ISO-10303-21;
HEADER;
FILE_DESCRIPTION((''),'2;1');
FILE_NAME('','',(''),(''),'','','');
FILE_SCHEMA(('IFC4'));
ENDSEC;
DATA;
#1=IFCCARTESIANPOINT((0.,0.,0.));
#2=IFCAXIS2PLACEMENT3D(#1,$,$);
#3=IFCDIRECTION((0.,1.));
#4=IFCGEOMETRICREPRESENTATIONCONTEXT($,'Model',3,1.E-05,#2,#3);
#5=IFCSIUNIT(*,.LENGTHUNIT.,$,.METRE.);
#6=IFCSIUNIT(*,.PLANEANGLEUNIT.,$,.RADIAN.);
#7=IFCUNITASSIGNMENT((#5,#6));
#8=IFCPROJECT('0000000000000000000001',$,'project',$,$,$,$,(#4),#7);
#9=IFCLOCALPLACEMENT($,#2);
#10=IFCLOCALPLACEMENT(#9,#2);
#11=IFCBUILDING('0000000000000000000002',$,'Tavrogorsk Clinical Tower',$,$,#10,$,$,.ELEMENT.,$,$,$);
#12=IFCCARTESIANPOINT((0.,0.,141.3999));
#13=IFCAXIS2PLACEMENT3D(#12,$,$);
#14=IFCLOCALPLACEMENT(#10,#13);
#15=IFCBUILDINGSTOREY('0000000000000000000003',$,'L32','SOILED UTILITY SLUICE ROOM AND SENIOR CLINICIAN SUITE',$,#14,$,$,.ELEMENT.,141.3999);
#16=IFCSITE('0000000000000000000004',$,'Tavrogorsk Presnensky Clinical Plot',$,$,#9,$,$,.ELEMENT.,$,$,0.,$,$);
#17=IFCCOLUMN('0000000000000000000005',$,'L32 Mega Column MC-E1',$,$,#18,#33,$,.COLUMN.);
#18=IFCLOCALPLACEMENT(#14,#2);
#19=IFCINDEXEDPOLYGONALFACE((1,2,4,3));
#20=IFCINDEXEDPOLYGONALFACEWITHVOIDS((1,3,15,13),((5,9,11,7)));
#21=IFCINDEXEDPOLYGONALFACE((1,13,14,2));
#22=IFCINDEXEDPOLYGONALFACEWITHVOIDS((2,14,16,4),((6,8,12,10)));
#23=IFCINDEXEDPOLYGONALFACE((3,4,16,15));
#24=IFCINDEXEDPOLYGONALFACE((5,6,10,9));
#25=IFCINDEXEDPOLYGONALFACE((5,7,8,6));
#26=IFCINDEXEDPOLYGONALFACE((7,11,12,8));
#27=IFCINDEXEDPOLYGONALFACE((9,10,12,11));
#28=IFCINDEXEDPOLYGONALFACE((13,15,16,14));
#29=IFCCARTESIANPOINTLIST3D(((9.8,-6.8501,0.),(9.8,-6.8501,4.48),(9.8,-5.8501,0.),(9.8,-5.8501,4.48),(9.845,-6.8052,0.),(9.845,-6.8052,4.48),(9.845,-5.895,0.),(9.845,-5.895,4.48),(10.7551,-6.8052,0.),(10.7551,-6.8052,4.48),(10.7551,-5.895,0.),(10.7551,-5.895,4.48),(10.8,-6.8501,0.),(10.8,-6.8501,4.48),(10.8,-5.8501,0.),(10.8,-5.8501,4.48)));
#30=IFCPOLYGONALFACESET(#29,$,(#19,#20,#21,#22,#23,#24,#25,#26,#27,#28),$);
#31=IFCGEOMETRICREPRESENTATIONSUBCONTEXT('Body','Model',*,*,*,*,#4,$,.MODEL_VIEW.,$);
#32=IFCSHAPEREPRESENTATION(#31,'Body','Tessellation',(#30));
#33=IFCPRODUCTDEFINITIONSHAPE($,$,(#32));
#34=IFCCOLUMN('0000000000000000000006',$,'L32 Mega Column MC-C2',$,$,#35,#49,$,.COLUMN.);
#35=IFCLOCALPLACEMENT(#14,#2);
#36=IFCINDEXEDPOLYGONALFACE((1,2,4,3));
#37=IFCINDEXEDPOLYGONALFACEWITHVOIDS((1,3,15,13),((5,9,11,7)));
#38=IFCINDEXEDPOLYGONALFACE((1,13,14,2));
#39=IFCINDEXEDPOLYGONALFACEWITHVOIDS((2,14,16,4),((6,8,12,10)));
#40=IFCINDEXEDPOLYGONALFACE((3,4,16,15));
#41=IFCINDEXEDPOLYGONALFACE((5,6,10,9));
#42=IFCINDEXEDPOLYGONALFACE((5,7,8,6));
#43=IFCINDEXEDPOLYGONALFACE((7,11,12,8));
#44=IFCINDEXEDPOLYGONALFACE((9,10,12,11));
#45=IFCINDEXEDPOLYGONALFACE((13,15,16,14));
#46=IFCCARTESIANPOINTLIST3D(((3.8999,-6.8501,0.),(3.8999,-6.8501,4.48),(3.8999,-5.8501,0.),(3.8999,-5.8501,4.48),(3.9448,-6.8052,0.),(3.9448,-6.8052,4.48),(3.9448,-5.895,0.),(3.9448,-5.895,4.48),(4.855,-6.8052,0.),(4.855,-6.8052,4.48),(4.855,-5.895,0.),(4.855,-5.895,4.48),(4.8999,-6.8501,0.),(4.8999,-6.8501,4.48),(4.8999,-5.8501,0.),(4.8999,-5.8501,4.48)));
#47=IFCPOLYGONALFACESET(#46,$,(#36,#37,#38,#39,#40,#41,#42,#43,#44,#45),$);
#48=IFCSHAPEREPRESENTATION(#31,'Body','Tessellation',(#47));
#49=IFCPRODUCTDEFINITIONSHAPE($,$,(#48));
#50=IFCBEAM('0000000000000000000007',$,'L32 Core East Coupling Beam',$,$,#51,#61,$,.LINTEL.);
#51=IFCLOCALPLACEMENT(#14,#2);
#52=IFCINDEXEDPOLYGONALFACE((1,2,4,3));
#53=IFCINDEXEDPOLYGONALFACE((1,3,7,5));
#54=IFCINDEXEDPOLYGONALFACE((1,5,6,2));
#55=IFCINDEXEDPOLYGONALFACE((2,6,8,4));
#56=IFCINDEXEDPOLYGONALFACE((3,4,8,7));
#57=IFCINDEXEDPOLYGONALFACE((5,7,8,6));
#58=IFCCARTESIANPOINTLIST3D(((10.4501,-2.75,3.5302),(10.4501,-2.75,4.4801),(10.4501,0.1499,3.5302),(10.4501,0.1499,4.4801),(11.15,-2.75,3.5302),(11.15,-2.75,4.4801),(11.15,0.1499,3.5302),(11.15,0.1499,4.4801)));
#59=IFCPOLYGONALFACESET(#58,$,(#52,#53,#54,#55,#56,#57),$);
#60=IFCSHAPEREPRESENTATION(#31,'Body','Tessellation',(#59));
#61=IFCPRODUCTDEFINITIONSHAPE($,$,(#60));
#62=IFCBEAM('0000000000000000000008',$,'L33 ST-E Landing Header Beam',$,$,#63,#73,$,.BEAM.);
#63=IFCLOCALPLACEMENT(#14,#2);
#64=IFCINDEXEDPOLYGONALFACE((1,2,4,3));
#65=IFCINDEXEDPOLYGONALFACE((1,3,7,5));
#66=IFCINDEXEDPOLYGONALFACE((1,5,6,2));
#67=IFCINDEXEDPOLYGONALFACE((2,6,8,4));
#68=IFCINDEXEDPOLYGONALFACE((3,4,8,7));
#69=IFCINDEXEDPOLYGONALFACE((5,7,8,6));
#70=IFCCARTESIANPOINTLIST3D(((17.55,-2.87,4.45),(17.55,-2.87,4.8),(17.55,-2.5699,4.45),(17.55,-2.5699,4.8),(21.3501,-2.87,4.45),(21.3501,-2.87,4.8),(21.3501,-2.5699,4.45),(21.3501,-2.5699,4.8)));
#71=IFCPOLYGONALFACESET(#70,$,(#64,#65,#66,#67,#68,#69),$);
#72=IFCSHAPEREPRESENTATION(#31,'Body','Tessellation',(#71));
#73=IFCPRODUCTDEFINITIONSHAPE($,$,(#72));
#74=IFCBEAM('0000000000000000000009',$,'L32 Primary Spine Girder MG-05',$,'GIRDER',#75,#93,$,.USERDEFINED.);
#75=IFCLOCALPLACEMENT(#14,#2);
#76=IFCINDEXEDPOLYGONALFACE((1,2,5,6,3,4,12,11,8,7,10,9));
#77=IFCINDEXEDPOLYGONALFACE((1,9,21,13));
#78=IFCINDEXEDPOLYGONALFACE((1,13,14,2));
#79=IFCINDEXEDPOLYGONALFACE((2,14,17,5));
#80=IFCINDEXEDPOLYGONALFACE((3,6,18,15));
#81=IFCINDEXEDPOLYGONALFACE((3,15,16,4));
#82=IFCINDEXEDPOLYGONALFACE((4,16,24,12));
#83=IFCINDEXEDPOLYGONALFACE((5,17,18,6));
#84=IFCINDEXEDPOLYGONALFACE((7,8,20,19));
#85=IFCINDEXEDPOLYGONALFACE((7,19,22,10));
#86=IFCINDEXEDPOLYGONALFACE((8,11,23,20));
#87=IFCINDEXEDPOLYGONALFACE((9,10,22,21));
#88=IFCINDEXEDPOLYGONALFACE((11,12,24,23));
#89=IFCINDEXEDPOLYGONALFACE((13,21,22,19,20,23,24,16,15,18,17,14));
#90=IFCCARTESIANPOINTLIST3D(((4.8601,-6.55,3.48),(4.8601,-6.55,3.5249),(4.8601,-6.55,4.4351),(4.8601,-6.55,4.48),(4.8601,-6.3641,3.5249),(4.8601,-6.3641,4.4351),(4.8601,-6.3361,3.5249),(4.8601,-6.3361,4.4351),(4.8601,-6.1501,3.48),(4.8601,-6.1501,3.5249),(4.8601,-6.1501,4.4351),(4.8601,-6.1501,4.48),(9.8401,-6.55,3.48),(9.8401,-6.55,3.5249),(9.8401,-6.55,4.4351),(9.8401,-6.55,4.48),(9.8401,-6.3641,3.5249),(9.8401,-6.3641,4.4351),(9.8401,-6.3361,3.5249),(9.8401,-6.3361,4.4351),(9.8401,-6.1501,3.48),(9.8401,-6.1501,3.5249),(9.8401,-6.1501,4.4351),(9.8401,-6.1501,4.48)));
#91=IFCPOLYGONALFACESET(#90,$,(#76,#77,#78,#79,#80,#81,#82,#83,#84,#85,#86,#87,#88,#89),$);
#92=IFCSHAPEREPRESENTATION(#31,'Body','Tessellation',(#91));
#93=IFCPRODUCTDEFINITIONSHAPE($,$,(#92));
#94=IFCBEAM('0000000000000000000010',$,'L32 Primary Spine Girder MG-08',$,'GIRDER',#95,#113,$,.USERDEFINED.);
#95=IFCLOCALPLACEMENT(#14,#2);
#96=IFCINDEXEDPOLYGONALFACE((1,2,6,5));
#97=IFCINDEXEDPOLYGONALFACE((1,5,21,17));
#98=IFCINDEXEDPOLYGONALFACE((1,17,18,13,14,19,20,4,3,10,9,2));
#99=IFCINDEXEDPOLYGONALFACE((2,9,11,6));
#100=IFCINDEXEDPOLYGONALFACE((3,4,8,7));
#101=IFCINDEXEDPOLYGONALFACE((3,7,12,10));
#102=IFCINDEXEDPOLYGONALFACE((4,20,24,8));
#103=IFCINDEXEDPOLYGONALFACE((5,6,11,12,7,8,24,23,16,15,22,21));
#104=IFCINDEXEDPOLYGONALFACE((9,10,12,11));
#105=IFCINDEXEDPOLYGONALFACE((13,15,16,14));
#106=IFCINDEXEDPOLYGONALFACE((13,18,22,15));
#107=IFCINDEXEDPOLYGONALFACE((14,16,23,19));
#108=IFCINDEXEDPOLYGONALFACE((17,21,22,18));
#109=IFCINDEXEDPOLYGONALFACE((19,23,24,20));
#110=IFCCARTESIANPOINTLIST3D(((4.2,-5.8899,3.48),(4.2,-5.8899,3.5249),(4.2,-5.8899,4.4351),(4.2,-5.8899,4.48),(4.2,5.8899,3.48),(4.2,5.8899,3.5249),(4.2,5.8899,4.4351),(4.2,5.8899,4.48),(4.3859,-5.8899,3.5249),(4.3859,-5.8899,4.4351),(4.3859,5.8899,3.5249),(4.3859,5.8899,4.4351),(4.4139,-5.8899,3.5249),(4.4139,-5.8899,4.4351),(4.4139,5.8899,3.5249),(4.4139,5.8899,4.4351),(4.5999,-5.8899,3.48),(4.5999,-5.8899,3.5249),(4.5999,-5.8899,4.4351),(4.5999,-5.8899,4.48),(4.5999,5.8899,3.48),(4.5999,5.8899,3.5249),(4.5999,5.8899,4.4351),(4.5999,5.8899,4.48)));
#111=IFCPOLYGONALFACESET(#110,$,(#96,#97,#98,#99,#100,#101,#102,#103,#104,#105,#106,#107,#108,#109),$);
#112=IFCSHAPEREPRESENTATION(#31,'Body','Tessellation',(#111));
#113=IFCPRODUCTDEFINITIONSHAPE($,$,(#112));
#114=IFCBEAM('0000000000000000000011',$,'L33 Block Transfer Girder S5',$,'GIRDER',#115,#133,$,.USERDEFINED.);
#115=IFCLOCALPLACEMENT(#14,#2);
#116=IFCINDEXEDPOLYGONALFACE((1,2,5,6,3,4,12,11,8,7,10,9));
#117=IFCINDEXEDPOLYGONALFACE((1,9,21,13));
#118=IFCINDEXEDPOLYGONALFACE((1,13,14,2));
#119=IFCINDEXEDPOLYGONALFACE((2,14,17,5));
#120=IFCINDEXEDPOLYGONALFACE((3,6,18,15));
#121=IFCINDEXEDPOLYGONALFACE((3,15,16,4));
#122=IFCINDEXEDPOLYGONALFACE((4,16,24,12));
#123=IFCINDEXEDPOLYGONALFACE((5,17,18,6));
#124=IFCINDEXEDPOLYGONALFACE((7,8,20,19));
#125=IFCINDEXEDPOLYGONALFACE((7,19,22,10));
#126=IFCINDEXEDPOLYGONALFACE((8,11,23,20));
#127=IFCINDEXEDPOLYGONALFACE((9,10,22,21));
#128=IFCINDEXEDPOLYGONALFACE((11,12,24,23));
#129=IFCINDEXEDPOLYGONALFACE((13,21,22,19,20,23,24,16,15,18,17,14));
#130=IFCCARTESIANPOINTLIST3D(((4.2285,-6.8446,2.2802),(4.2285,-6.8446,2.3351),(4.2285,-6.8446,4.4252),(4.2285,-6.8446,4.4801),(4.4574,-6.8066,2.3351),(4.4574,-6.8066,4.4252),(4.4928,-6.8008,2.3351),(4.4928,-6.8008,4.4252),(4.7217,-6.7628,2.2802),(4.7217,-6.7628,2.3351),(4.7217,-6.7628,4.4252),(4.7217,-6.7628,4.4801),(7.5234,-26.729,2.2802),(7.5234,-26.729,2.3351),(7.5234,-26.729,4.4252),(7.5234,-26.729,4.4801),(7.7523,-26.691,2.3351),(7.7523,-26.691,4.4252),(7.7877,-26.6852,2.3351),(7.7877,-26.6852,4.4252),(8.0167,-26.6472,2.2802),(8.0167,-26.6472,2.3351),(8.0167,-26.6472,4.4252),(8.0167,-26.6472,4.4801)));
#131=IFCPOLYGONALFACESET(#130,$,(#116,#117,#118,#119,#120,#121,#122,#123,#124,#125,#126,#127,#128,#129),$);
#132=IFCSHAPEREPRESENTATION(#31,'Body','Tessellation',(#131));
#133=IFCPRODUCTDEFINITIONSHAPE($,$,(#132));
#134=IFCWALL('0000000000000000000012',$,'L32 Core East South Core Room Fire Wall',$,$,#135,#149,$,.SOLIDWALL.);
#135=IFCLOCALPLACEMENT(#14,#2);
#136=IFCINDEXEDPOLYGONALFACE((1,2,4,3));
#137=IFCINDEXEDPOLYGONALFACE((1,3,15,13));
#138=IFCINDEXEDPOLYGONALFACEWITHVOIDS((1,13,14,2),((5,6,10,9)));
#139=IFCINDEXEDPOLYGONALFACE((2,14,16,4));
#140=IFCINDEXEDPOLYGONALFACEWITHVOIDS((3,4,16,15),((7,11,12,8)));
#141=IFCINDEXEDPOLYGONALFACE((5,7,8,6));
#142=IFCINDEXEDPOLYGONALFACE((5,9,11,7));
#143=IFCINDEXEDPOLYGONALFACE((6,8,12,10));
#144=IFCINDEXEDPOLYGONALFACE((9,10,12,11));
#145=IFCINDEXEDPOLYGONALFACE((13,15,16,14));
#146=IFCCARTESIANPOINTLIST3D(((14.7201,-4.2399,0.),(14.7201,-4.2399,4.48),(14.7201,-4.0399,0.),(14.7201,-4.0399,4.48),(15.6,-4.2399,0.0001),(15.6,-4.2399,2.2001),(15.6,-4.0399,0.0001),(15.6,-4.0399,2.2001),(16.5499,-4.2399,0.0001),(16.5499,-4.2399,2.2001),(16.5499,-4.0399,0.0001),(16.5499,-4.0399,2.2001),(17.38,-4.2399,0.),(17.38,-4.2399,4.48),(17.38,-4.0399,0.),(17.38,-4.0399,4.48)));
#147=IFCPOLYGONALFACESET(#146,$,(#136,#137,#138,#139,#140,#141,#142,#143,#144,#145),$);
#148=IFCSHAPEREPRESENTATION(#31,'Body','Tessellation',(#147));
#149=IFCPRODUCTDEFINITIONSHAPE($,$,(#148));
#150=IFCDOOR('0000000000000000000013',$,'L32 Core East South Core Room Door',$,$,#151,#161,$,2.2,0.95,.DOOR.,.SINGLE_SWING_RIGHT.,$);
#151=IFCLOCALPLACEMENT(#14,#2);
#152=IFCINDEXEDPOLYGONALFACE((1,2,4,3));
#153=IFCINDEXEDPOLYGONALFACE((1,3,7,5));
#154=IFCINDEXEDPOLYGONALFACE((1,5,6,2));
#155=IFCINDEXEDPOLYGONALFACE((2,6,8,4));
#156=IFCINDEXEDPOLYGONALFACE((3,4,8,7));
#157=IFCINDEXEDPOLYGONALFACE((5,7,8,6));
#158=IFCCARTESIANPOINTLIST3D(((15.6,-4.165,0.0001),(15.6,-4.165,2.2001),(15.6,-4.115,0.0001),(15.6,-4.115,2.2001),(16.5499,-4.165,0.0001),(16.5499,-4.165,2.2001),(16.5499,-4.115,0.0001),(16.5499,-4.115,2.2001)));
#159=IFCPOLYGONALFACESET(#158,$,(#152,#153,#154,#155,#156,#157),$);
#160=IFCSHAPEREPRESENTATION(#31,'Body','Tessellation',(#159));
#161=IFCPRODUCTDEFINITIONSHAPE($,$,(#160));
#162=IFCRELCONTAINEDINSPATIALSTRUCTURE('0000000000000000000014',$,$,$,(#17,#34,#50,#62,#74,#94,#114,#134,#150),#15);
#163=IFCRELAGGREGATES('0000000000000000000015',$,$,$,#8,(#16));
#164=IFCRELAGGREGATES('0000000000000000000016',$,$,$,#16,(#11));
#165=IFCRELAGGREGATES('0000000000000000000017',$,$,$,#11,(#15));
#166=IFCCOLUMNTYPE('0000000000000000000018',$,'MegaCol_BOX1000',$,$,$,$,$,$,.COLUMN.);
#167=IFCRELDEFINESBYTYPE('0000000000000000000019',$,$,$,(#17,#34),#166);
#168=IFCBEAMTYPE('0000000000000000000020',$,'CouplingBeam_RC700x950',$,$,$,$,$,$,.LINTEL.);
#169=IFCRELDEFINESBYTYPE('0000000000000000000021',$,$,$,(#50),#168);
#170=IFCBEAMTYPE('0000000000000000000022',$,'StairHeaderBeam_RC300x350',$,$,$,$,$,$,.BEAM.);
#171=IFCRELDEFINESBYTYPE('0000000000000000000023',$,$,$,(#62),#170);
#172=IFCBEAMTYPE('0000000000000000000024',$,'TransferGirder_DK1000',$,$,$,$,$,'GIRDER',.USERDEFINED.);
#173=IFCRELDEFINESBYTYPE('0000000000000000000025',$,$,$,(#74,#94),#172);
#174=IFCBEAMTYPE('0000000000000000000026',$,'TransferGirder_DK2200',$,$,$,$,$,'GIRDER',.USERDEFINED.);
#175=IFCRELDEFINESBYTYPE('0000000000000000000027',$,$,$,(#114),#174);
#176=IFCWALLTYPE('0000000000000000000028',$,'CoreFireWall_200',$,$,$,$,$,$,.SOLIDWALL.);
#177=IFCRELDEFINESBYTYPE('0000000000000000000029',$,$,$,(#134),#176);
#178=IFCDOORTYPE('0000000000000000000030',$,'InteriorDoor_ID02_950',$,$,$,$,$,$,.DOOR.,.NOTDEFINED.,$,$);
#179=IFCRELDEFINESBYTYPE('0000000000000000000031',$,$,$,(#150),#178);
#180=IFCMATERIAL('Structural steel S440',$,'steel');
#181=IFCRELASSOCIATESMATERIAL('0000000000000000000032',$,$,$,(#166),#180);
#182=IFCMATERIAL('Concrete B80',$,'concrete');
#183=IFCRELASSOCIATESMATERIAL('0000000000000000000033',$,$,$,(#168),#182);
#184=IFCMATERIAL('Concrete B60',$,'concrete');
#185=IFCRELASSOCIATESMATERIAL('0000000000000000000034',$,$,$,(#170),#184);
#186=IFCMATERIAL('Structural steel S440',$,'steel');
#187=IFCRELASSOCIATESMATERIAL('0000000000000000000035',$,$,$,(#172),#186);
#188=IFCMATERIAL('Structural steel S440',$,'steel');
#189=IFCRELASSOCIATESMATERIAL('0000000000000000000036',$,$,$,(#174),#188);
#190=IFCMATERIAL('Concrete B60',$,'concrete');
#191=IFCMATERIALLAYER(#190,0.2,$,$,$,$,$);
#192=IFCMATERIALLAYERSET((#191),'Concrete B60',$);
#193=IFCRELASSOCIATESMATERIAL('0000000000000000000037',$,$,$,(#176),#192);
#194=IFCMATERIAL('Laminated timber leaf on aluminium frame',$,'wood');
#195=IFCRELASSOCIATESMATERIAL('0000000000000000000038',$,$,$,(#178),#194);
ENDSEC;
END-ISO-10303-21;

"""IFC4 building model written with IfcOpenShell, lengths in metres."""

from ifc_helpers import new_model, si_unit, direction, frame, frame_2d, origin, origin_2d, place, context, subcontext, project, spatial, rectangle, hollow_rectangle, i_section, extrude, material, layer, layer_set, material_profile, profile_set, type_object, element, fill, save


model = new_model("IFC4")

# Units and contexts
model_context = context("Model", 3, precision=1e-05, world=origin(), true_north=direction((0.0, 1.0)))
body_context = subcontext(model_context, "Body", "Model", "MODEL_VIEW")
ifc_project = project(units=[si_unit("LENGTHUNIT", "METRE"), si_unit("PLANEANGLEUNIT", "RADIAN")], contexts=[model_context])

# Site, building, storey
site_placement = place(None, origin())
site = spatial("IfcSite", under=ifc_project, at=site_placement, Name="Tavrogorsk Presnensky Clinical Plot", CompositionType="ELEMENT", RefElevation=0.0)
building_placement = place(site_placement, origin())
building = spatial("IfcBuilding", under=site, at=building_placement, Name="Tavrogorsk Clinical Tower", CompositionType="ELEMENT")
storey_placement = place(building_placement, frame((0.0, 0.0, 141.3999)))
storey = spatial("IfcBuildingStorey", under=building, at=storey_placement, Name="L32", Description="SOILED UTILITY SLUICE ROOM AND SENIOR CLINICIAN SUITE", CompositionType="ELEMENT", Elevation=141.3999)

# Columns
ifc_material_1 = material(Name="Structural steel S440", Category="steel")
ifc_material_profile_1 = material_profile(ifc_material_1, hollow_rectangle(XDim=1.0, YDim=1.0, WallThickness=0.0449, at=origin_2d()), Name="BOX-1000x1000x45")
ifc_profile_set_1 = profile_set([ifc_material_profile_1], Name="Structural steel S440")
column_type = type_object("IfcColumnType", Name="MegaCol_BOX1000", PredefinedType="COLUMN", material=ifc_profile_set_1)
for number, where, z_axis, x_axis, name in (
    (1, (10.3, -6.3501, 0.0), (0.0, 0.0, 1.0), (1.0, 0.0, 0.0), "L32 Mega Column MC-E1"),
    (2, (4.3999, -6.3501, 0.0), (0.0, 0.0, 1.0), (1.0, 0.0, 0.0), "L32 Mega Column MC-C2"),
):
    element("IfcColumn", number, at=place(storey_placement, frame(where, z_axis=z_axis, x_axis=x_axis)), inside=storey, type_object=column_type, Name=name, PredefinedType="COLUMN", context=body_context, shape_type="SweptSolid", body=[
        extrude(hollow_rectangle(XDim=1.0, YDim=1.0, WallThickness=0.0449, at=origin_2d()), origin(), (0.0, 0.0, 1.0), 4.48),
    ])

# Beams
ifc_material_2 = material(Name="Concrete B80", Category="concrete")
ifc_material_profile_2 = material_profile(ifc_material_2, rectangle(XDim=0.7, YDim=0.95, at=origin_2d()), Name="RC-CB-700x950")
ifc_profile_set_2 = profile_set([ifc_material_profile_2], Name="Concrete B80")
beam_type_1 = type_object("IfcBeamType", Name="CouplingBeam_RC700x950", PredefinedType="LINTEL", material=ifc_profile_set_2)
beam_1_placement = place(storey_placement, frame((10.8, -2.75, 4.0051), z_axis=(0.0, 1.0, 0.0), x_axis=(-1.0, 0.0, 0.0)))
element("IfcBeam", 3, at=beam_1_placement, inside=storey, type_object=beam_type_1, Name="L32 Core East Coupling Beam", PredefinedType="LINTEL", context=body_context, shape_type="SweptSolid", body=[
    extrude(rectangle(XDim=0.7, YDim=0.95, at=origin_2d()), origin(), (0.0, 0.0, 1.0), 2.8999),
])
ifc_material_3 = material(Name="Concrete B60", Category="concrete")
ifc_material_profile_3 = material_profile(ifc_material_3, rectangle(XDim=0.3, YDim=0.3501, at=origin_2d()), Name="RC-SHB-300x350")
ifc_profile_set_3 = profile_set([ifc_material_profile_3], Name="Concrete B60")
beam_type_2 = type_object("IfcBeamType", Name="StairHeaderBeam_RC300x350", PredefinedType="BEAM", material=ifc_profile_set_3)
beam_2_placement = place(storey_placement, frame((17.55, -2.72, 4.625), z_axis=(1.0, 0.0, 0.0), x_axis=(0.0, 1.0, 0.0)))
element("IfcBeam", 4, at=beam_2_placement, inside=storey, type_object=beam_type_2, Name="L33 ST-E Landing Header Beam", PredefinedType="BEAM", context=body_context, shape_type="SweptSolid", body=[
    extrude(rectangle(XDim=0.3, YDim=0.3501, at=origin_2d()), origin(), (0.0, 0.0, 1.0), 3.8),
])
ifc_material_4 = material(Name="Structural steel S440", Category="steel")
ifc_material_profile_4 = material_profile(ifc_material_4, i_section(OverallWidth=0.3999, OverallDepth=1.0, WebThickness=0.0281, FlangeThickness=0.0449, at=origin_2d()), Name="DK-1000x400x28x45")
ifc_profile_set_4 = profile_set([ifc_material_profile_4], Name="Structural steel S440")
beam_type_3 = type_object("IfcBeamType", Name="TransferGirder_DK1000", ElementType="GIRDER", PredefinedType="USERDEFINED", material=ifc_profile_set_4)
beam_3_placement = place(storey_placement, frame((4.8601, -6.3501, 3.98), z_axis=(1.0, 0.0, 0.0), x_axis=(0.0, 1.0, 0.0)))
element("IfcBeam", 5, at=beam_3_placement, inside=storey, type_object=beam_type_3, Name="L32 Primary Spine Girder MG-05", ObjectType="GIRDER", PredefinedType="USERDEFINED", context=body_context, shape_type="SweptSolid", body=[
    extrude(i_section(OverallWidth=0.3999, OverallDepth=1.0, WebThickness=0.0281, FlangeThickness=0.0449, at=origin_2d()), origin(), (0.0, 0.0, 1.0), 4.98),
])
beam_4_placement = place(storey_placement, frame((4.3999, -5.8899, 3.98), z_axis=(0.0, 1.0, 0.0), x_axis=(-1.0, 0.0, 0.0)))
element("IfcBeam", 6, at=beam_4_placement, inside=storey, type_object=beam_type_3, Name="L32 Primary Spine Girder MG-08", ObjectType="GIRDER", PredefinedType="USERDEFINED", context=body_context, shape_type="SweptSolid", body=[
    extrude(i_section(OverallWidth=0.3999, OverallDepth=1.0, WebThickness=0.0281, FlangeThickness=0.0449, at=origin_2d()), origin(), (0.0, 0.0, 1.0), 11.7798),
])
ifc_material_5 = material(Name="Structural steel S440", Category="steel")
ifc_material_profile_5 = material_profile(ifc_material_5, i_section(OverallWidth=0.5, OverallDepth=2.2, WebThickness=0.0359, FlangeThickness=0.0549, at=origin_2d()), Name="DK-2200x500x36x55")
ifc_profile_set_5 = profile_set([ifc_material_profile_5], Name="Structural steel S440")
beam_type_4 = type_object("IfcBeamType", Name="TransferGirder_DK2200", ElementType="GIRDER", PredefinedType="USERDEFINED", material=ifc_profile_set_5)
beam_5_placement = place(storey_placement, frame((4.4751, -6.8037, 3.3801), z_axis=(0.163476, -0.986547, 0.0), x_axis=(0.986547, 0.163476, 0.0)))
element("IfcBeam", 7, at=beam_5_placement, inside=storey, type_object=beam_type_4, Name="L33 Block Transfer Girder S5", ObjectType="GIRDER", PredefinedType="USERDEFINED", context=body_context, shape_type="SweptSolid", body=[
    extrude(i_section(OverallWidth=0.5, OverallDepth=2.2, WebThickness=0.0359, FlangeThickness=0.0549, at=origin_2d()), origin(), (0.0, 0.0, 1.0), 20.1555),
])

# Wall, opening, door
ifc_material_6 = material(Name="Concrete B60", Category="concrete")
ifc_layer_1 = layer(ifc_material_6, 0.2)
ifc_layer_set_1 = layer_set([ifc_layer_1], Name="Concrete B60")
wall_type_1 = type_object("IfcWallType", Name="CoreFireWall_200", PredefinedType="SOLIDWALL", material=ifc_layer_set_1)
wall_1_placement = place(storey_placement, frame((14.72, -4.1399, 0.0), z_axis=(0.0, 0.0, 1.0), x_axis=(1.0, 0.0, 0.0)))
wall_1 = element("IfcWall", 8, at=wall_1_placement, inside=storey, type_object=wall_type_1, Name="L32 Core East South Core Room Fire Wall", PredefinedType="SOLIDWALL", context=body_context, shape_type="SweptSolid", body=[
    extrude(rectangle(XDim=2.6599, YDim=0.2, at=frame_2d((1.3301, 0.0))), origin(), (0.0, 0.0, 1.0), 4.48),
])
opening_1_placement = place(wall_1_placement, frame((0.8799, 0.0, 0.0)))
opening_1 = element("IfcOpeningElement", 9, at=opening_1_placement, cuts=wall_1, PredefinedType="OPENING", context=body_context, shape_type="SweptSolid", body=[
    extrude(rectangle(XDim=0.95, YDim=2.2, at=frame_2d((0.4751, 1.1001))), frame((0.0, 0.1099, 0.0), z_axis=(0.0, -1.0, 0.0), x_axis=(1.0, 0.0, 0.0)), (0.0, 0.0, 1.0), 0.22),
])
ifc_material_7 = material(Name="Laminated timber leaf on aluminium frame", Category="wood")
door_type_1 = type_object("IfcDoorType", Name="InteriorDoor_ID02_950", OperationType="NOTDEFINED", PredefinedType="DOOR", material=ifc_material_7)
door_1_placement = place(opening_1_placement, origin())
door_1 = element("IfcDoor", 10, at=door_1_placement, inside=storey, type_object=door_type_1, Name="L32 Core East South Core Room Door", OperationType="SINGLE_SWING_RIGHT", OverallHeight=2.2, OverallWidth=0.95, PredefinedType="DOOR", context=body_context, shape_type="SweptSolid", body=[
    extrude(rectangle(XDim=0.95, YDim=2.2, at=frame_2d((0.4751, 1.1001))), frame((0.0, 0.0249, 0.0), z_axis=(0.0, -1.0, 0.0), x_axis=(1.0, 0.0, 0.0)), (0.0, 0.0, 1.0), 0.05),
])
fill(opening_1, door_1)

save(model, "model.ifc")
